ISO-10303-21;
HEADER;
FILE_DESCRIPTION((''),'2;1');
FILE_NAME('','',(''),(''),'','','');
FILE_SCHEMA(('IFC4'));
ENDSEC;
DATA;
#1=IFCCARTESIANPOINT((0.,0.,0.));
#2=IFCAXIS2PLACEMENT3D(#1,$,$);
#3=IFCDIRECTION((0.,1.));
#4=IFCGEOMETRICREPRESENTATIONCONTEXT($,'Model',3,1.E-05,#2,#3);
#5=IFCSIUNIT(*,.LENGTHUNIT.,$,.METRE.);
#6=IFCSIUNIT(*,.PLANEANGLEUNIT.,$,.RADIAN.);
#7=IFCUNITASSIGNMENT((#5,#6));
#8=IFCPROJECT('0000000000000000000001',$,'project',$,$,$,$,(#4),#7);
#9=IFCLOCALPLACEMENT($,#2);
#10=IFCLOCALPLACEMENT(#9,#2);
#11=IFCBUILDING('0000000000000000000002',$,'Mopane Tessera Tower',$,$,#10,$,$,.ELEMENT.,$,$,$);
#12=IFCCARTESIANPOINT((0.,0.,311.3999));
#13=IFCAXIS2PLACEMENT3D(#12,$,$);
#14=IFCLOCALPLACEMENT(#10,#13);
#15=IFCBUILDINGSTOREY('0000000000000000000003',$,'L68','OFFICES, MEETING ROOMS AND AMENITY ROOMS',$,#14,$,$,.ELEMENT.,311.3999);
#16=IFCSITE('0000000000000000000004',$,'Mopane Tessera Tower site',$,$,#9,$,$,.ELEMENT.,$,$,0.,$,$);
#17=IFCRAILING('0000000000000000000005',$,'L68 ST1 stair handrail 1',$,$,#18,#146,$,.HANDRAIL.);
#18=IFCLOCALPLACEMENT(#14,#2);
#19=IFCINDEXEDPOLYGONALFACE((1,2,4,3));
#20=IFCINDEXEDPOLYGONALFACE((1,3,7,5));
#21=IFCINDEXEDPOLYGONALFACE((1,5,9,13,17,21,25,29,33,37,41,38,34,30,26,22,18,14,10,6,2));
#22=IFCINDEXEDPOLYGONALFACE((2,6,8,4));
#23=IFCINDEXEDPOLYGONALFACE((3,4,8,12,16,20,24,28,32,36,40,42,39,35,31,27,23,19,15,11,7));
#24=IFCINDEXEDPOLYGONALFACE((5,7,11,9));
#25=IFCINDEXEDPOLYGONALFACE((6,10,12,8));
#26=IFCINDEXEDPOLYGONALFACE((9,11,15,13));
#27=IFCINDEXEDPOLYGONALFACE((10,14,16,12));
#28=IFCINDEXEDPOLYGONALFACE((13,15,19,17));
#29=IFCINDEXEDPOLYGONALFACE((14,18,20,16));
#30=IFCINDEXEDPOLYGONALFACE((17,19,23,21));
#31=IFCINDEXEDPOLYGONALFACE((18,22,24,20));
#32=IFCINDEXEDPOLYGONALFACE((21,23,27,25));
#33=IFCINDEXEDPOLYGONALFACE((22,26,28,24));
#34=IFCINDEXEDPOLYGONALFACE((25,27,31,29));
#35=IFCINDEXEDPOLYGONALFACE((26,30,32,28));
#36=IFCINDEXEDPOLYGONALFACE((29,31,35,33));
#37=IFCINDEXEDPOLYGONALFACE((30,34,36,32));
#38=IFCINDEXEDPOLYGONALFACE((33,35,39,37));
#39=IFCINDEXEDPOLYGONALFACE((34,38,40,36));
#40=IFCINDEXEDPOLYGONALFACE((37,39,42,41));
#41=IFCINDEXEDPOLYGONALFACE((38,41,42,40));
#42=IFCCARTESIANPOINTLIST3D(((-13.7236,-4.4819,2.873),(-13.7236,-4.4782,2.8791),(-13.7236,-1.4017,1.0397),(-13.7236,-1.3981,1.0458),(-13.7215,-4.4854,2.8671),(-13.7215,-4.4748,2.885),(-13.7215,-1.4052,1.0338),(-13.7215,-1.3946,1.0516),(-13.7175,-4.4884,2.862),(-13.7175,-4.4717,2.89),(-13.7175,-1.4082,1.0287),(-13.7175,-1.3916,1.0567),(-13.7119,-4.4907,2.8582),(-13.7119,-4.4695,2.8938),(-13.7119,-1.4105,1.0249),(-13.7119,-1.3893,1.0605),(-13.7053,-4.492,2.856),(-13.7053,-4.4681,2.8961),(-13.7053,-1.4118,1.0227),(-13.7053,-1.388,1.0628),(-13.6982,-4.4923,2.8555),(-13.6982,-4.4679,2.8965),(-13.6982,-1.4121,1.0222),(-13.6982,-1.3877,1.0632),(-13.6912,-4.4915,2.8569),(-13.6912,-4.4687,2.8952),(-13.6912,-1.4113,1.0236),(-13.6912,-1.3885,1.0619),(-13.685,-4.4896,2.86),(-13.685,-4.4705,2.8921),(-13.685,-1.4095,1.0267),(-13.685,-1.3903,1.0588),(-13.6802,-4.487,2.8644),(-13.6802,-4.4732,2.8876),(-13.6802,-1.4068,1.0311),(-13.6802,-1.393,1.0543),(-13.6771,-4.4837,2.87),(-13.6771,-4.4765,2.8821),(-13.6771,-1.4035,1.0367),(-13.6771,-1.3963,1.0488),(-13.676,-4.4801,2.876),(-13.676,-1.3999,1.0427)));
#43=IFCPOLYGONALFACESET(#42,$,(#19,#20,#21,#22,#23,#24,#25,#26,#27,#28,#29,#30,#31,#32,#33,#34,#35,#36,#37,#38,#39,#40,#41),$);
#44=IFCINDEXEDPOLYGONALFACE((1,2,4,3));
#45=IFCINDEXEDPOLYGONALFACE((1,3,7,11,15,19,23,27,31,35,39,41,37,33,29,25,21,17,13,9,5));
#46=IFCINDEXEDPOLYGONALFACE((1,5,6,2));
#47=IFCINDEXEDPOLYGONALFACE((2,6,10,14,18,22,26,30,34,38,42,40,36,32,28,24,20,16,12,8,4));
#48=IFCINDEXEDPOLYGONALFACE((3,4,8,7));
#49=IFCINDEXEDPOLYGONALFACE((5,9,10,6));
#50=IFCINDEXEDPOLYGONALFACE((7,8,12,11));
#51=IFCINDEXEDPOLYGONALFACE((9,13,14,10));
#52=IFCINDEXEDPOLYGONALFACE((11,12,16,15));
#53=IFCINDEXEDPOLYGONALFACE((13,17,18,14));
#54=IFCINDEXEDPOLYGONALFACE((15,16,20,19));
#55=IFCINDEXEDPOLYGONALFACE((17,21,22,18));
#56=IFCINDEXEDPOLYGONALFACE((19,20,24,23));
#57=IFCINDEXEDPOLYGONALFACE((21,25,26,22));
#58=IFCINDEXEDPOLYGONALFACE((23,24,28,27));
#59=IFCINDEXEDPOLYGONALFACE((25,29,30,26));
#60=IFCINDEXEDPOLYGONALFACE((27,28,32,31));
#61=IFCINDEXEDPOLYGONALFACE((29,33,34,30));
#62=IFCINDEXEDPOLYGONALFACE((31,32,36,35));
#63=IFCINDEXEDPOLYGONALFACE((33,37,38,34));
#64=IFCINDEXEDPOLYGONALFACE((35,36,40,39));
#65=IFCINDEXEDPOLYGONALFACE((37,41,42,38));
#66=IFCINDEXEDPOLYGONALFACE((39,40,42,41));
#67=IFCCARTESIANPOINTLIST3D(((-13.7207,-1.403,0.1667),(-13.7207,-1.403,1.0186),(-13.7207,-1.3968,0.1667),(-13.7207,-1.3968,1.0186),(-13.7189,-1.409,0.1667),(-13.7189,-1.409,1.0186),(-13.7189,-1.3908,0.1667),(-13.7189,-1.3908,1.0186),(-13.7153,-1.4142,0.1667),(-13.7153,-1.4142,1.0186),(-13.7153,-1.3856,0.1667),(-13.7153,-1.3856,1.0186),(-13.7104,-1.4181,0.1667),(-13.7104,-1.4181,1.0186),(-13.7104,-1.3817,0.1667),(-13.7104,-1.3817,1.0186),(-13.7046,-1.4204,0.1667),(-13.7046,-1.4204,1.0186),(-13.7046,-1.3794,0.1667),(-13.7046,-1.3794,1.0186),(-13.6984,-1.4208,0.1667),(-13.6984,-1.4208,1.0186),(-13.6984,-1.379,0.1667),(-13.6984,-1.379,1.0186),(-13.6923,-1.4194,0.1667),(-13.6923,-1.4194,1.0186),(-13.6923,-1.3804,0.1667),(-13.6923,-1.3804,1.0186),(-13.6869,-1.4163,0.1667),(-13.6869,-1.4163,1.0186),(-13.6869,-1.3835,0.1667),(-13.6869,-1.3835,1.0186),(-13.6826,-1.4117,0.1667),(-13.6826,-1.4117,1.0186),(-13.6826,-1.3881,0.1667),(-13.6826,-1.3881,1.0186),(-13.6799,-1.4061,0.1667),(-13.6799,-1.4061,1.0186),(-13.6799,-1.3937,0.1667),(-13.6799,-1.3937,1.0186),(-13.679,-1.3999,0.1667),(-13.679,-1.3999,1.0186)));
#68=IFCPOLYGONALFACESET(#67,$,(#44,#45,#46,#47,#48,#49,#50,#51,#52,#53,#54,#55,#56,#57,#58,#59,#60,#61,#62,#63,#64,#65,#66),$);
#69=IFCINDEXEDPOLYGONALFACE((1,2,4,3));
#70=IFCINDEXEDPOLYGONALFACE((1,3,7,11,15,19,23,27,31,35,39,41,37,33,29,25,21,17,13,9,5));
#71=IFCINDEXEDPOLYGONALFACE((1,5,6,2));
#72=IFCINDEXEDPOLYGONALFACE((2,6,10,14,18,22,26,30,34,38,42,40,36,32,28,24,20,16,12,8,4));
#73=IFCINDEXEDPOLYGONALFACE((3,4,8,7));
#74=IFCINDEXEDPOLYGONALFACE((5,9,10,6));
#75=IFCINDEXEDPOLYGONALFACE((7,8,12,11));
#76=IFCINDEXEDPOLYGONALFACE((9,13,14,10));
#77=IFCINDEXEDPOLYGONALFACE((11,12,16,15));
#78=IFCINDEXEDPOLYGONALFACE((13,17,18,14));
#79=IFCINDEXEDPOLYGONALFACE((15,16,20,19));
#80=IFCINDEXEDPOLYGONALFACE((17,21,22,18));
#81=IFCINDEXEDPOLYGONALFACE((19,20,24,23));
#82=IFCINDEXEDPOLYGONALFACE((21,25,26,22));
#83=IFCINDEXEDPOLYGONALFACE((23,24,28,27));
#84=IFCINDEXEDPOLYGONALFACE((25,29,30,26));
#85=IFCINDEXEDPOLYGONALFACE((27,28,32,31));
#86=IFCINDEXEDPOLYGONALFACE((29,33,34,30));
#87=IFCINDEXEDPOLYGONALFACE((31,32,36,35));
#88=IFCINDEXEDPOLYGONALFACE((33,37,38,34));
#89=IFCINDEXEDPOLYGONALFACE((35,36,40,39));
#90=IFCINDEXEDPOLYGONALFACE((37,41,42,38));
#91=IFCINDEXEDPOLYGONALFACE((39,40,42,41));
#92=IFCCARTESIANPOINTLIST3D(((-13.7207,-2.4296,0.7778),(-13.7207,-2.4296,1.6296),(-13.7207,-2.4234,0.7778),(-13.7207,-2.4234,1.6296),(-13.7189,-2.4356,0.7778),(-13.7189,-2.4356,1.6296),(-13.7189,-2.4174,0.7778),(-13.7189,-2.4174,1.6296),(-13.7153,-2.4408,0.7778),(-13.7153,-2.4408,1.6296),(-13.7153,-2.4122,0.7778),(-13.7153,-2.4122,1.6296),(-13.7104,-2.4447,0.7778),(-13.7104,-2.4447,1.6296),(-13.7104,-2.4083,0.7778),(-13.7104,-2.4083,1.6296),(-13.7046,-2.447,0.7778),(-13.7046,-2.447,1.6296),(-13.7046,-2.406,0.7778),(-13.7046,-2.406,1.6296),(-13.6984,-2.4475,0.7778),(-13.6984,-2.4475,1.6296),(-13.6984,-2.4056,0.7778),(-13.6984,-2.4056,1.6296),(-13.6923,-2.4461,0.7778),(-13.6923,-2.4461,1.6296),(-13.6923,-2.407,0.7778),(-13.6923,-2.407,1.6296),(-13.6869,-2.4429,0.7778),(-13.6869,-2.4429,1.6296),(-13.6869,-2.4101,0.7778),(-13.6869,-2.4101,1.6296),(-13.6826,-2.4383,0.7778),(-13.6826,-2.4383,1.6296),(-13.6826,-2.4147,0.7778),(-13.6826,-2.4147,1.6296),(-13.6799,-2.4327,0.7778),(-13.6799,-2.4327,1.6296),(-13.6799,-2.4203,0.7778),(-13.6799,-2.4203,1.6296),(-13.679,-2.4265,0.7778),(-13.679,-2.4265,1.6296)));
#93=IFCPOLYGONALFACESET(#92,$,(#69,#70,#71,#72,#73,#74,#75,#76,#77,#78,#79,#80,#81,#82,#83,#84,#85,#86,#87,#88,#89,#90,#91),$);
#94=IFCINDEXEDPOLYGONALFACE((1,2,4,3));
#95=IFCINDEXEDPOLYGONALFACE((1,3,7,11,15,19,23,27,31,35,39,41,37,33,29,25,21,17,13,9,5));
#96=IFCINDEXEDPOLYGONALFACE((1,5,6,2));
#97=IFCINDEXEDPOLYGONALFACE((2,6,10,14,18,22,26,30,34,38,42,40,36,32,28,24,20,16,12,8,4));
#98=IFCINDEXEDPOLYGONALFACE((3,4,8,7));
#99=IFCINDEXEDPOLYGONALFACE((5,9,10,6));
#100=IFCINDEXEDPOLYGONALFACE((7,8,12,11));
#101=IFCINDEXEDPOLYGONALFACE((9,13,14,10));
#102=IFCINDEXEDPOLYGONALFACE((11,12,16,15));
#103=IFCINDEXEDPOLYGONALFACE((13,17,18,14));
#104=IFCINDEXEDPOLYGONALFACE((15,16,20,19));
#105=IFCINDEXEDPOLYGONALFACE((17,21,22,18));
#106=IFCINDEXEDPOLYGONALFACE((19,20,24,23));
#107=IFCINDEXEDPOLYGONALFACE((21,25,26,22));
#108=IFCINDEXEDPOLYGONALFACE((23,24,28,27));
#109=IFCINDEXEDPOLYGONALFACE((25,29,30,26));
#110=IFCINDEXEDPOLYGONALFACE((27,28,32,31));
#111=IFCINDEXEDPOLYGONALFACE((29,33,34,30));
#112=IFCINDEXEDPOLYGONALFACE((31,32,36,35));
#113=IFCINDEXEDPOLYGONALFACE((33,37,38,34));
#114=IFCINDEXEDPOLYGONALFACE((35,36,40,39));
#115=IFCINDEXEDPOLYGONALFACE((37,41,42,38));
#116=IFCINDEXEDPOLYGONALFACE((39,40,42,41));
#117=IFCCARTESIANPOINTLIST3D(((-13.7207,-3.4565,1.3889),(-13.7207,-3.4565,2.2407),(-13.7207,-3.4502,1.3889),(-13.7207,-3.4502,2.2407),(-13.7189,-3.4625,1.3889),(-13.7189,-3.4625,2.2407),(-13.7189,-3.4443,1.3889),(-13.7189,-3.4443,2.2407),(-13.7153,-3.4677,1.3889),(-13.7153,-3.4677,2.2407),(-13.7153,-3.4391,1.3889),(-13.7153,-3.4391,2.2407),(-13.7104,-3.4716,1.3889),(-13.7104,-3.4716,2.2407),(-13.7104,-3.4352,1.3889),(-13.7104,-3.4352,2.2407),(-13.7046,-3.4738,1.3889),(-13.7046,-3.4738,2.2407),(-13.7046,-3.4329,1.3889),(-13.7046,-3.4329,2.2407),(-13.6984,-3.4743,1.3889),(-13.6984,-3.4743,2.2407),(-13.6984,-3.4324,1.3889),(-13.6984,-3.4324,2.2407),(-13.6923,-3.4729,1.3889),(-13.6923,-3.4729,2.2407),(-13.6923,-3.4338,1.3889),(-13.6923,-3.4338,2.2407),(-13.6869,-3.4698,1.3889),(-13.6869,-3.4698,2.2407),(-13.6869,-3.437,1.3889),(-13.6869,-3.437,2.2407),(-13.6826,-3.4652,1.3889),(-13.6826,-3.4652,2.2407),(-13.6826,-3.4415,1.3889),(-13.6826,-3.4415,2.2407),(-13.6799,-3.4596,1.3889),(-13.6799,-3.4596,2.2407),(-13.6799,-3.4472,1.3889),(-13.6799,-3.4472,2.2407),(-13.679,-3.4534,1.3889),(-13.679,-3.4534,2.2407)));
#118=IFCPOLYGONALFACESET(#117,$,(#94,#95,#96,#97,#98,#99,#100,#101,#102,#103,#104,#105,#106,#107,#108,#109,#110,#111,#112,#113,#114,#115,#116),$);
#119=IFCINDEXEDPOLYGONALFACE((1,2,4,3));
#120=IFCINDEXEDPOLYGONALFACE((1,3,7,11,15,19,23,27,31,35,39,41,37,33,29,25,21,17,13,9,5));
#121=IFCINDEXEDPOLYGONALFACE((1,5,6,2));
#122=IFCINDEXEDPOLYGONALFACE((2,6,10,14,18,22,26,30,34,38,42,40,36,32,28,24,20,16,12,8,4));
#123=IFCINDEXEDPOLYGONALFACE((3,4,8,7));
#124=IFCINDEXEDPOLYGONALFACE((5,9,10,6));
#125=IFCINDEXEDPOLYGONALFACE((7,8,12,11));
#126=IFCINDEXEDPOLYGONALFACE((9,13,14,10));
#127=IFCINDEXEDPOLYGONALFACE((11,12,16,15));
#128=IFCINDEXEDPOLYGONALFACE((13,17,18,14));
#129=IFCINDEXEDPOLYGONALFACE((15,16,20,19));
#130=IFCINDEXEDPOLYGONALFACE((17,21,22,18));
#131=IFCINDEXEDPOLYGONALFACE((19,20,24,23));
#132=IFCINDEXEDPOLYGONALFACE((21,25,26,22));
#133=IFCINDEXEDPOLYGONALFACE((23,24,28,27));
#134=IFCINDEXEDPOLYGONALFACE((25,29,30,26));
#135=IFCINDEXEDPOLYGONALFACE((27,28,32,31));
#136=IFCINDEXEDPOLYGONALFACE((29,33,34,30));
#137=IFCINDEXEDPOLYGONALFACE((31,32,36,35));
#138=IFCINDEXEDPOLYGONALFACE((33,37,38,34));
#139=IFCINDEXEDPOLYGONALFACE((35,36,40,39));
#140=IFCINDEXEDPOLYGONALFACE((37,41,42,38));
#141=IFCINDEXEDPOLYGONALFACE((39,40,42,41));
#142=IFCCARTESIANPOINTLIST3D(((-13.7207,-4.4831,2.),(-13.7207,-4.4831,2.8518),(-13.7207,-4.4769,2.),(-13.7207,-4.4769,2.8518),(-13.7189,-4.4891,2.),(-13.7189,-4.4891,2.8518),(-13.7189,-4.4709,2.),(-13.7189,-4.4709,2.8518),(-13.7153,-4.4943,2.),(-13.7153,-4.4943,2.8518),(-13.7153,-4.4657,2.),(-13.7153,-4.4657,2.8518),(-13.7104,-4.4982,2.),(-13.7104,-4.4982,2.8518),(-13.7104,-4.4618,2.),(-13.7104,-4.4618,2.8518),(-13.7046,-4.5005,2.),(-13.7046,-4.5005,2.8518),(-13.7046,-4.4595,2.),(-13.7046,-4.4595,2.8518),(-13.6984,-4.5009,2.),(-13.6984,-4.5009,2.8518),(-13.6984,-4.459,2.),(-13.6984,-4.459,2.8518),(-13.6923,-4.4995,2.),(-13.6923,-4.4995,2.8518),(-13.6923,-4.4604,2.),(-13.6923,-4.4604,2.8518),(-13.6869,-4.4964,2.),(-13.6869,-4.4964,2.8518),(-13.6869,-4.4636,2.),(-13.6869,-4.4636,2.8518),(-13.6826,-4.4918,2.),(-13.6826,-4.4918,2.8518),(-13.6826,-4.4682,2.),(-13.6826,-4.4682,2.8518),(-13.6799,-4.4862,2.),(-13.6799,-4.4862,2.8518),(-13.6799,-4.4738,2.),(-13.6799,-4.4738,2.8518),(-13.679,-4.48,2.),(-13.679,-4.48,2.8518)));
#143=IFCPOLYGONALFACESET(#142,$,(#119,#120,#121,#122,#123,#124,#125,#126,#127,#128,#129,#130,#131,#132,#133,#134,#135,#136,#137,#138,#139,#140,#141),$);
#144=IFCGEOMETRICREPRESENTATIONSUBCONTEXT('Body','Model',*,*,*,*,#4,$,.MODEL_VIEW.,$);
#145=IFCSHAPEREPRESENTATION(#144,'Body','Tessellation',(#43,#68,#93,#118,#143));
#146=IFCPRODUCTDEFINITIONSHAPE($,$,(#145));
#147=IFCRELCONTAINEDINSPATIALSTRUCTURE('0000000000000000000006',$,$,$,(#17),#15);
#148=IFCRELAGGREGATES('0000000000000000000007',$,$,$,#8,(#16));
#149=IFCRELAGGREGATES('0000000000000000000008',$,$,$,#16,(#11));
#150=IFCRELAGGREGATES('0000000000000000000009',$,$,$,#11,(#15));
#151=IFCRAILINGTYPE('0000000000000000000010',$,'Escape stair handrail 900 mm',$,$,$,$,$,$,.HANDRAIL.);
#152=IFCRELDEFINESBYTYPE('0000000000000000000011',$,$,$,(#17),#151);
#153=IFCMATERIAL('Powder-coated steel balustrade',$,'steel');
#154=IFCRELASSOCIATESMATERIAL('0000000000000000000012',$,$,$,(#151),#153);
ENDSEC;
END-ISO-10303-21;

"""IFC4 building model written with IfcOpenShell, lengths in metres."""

from ifc_helpers import new_model, si_unit, direction, frame, origin, origin_2d, place, context, subcontext, project, spatial, circle, extrude, material, type_object, element, save


model = new_model("IFC4")

# Units and contexts
model_context = context("Model", 3, precision=1e-05, world=origin(), true_north=direction((0.0, 1.0)))
body_context = subcontext(model_context, "Body", "Model", "MODEL_VIEW")
ifc_project = project(units=[si_unit("LENGTHUNIT", "METRE"), si_unit("PLANEANGLEUNIT", "RADIAN")], contexts=[model_context])

# Site, building, storey
site_placement = place(None, origin())
site = spatial("IfcSite", under=ifc_project, at=site_placement, Name="Mopane Tessera Tower site", CompositionType="ELEMENT", RefElevation=0.0)
building_placement = place(site_placement, origin())
building = spatial("IfcBuilding", under=site, at=building_placement, Name="Mopane Tessera Tower", CompositionType="ELEMENT")
storey_placement = place(building_placement, frame((0.0, 0.0, 311.3999)))
storey = spatial("IfcBuildingStorey", under=building, at=storey_placement, Name="L68", Description="OFFICES, MEETING ROOMS AND AMENITY ROOMS", CompositionType="ELEMENT", Elevation=311.3999)

# Railing
ifc_material_1 = material(Name="Powder-coated steel balustrade", Category="steel")
railing_type_1 = type_object("IfcRailingType", Name="Escape stair handrail 900 mm", PredefinedType="HANDRAIL", material=ifc_material_1)
railing_1_placement = place(storey_placement, frame((-13.7, -1.3999, 0.1667)))
element("IfcRailing", 1, at=railing_1_placement, inside=storey, type_object=railing_type_1, Name="L68 ST1 stair handrail 1", PredefinedType="HANDRAIL", context=body_context, shape_type="SweptSolid", body=[
    extrude(circle(Radius=0.0239, at=origin_2d()), frame((0.0, 0.0, 0.876), z_axis=(0.0, -0.859309, 0.511458), x_axis=(1.0, 0.0, 0.0)), (0.0, 0.0, 1.0), 3.5845),
    extrude(circle(Radius=0.021, at=origin_2d()), origin(), (0.0, 0.0, 1.0), 0.8518),
    extrude(circle(Radius=0.021, at=origin_2d()), frame((0.0, -1.0266, 0.6111)), (0.0, 0.0, 1.0), 0.8518),
    extrude(circle(Radius=0.021, at=origin_2d()), frame((0.0, -2.0535, 1.2222)), (0.0, 0.0, 1.0), 0.8518),
    extrude(circle(Radius=0.021, at=origin_2d()), frame((0.0, -3.0801, 1.8333)), (0.0, 0.0, 1.0), 0.8518),
])

save(model, "model.ifc")
